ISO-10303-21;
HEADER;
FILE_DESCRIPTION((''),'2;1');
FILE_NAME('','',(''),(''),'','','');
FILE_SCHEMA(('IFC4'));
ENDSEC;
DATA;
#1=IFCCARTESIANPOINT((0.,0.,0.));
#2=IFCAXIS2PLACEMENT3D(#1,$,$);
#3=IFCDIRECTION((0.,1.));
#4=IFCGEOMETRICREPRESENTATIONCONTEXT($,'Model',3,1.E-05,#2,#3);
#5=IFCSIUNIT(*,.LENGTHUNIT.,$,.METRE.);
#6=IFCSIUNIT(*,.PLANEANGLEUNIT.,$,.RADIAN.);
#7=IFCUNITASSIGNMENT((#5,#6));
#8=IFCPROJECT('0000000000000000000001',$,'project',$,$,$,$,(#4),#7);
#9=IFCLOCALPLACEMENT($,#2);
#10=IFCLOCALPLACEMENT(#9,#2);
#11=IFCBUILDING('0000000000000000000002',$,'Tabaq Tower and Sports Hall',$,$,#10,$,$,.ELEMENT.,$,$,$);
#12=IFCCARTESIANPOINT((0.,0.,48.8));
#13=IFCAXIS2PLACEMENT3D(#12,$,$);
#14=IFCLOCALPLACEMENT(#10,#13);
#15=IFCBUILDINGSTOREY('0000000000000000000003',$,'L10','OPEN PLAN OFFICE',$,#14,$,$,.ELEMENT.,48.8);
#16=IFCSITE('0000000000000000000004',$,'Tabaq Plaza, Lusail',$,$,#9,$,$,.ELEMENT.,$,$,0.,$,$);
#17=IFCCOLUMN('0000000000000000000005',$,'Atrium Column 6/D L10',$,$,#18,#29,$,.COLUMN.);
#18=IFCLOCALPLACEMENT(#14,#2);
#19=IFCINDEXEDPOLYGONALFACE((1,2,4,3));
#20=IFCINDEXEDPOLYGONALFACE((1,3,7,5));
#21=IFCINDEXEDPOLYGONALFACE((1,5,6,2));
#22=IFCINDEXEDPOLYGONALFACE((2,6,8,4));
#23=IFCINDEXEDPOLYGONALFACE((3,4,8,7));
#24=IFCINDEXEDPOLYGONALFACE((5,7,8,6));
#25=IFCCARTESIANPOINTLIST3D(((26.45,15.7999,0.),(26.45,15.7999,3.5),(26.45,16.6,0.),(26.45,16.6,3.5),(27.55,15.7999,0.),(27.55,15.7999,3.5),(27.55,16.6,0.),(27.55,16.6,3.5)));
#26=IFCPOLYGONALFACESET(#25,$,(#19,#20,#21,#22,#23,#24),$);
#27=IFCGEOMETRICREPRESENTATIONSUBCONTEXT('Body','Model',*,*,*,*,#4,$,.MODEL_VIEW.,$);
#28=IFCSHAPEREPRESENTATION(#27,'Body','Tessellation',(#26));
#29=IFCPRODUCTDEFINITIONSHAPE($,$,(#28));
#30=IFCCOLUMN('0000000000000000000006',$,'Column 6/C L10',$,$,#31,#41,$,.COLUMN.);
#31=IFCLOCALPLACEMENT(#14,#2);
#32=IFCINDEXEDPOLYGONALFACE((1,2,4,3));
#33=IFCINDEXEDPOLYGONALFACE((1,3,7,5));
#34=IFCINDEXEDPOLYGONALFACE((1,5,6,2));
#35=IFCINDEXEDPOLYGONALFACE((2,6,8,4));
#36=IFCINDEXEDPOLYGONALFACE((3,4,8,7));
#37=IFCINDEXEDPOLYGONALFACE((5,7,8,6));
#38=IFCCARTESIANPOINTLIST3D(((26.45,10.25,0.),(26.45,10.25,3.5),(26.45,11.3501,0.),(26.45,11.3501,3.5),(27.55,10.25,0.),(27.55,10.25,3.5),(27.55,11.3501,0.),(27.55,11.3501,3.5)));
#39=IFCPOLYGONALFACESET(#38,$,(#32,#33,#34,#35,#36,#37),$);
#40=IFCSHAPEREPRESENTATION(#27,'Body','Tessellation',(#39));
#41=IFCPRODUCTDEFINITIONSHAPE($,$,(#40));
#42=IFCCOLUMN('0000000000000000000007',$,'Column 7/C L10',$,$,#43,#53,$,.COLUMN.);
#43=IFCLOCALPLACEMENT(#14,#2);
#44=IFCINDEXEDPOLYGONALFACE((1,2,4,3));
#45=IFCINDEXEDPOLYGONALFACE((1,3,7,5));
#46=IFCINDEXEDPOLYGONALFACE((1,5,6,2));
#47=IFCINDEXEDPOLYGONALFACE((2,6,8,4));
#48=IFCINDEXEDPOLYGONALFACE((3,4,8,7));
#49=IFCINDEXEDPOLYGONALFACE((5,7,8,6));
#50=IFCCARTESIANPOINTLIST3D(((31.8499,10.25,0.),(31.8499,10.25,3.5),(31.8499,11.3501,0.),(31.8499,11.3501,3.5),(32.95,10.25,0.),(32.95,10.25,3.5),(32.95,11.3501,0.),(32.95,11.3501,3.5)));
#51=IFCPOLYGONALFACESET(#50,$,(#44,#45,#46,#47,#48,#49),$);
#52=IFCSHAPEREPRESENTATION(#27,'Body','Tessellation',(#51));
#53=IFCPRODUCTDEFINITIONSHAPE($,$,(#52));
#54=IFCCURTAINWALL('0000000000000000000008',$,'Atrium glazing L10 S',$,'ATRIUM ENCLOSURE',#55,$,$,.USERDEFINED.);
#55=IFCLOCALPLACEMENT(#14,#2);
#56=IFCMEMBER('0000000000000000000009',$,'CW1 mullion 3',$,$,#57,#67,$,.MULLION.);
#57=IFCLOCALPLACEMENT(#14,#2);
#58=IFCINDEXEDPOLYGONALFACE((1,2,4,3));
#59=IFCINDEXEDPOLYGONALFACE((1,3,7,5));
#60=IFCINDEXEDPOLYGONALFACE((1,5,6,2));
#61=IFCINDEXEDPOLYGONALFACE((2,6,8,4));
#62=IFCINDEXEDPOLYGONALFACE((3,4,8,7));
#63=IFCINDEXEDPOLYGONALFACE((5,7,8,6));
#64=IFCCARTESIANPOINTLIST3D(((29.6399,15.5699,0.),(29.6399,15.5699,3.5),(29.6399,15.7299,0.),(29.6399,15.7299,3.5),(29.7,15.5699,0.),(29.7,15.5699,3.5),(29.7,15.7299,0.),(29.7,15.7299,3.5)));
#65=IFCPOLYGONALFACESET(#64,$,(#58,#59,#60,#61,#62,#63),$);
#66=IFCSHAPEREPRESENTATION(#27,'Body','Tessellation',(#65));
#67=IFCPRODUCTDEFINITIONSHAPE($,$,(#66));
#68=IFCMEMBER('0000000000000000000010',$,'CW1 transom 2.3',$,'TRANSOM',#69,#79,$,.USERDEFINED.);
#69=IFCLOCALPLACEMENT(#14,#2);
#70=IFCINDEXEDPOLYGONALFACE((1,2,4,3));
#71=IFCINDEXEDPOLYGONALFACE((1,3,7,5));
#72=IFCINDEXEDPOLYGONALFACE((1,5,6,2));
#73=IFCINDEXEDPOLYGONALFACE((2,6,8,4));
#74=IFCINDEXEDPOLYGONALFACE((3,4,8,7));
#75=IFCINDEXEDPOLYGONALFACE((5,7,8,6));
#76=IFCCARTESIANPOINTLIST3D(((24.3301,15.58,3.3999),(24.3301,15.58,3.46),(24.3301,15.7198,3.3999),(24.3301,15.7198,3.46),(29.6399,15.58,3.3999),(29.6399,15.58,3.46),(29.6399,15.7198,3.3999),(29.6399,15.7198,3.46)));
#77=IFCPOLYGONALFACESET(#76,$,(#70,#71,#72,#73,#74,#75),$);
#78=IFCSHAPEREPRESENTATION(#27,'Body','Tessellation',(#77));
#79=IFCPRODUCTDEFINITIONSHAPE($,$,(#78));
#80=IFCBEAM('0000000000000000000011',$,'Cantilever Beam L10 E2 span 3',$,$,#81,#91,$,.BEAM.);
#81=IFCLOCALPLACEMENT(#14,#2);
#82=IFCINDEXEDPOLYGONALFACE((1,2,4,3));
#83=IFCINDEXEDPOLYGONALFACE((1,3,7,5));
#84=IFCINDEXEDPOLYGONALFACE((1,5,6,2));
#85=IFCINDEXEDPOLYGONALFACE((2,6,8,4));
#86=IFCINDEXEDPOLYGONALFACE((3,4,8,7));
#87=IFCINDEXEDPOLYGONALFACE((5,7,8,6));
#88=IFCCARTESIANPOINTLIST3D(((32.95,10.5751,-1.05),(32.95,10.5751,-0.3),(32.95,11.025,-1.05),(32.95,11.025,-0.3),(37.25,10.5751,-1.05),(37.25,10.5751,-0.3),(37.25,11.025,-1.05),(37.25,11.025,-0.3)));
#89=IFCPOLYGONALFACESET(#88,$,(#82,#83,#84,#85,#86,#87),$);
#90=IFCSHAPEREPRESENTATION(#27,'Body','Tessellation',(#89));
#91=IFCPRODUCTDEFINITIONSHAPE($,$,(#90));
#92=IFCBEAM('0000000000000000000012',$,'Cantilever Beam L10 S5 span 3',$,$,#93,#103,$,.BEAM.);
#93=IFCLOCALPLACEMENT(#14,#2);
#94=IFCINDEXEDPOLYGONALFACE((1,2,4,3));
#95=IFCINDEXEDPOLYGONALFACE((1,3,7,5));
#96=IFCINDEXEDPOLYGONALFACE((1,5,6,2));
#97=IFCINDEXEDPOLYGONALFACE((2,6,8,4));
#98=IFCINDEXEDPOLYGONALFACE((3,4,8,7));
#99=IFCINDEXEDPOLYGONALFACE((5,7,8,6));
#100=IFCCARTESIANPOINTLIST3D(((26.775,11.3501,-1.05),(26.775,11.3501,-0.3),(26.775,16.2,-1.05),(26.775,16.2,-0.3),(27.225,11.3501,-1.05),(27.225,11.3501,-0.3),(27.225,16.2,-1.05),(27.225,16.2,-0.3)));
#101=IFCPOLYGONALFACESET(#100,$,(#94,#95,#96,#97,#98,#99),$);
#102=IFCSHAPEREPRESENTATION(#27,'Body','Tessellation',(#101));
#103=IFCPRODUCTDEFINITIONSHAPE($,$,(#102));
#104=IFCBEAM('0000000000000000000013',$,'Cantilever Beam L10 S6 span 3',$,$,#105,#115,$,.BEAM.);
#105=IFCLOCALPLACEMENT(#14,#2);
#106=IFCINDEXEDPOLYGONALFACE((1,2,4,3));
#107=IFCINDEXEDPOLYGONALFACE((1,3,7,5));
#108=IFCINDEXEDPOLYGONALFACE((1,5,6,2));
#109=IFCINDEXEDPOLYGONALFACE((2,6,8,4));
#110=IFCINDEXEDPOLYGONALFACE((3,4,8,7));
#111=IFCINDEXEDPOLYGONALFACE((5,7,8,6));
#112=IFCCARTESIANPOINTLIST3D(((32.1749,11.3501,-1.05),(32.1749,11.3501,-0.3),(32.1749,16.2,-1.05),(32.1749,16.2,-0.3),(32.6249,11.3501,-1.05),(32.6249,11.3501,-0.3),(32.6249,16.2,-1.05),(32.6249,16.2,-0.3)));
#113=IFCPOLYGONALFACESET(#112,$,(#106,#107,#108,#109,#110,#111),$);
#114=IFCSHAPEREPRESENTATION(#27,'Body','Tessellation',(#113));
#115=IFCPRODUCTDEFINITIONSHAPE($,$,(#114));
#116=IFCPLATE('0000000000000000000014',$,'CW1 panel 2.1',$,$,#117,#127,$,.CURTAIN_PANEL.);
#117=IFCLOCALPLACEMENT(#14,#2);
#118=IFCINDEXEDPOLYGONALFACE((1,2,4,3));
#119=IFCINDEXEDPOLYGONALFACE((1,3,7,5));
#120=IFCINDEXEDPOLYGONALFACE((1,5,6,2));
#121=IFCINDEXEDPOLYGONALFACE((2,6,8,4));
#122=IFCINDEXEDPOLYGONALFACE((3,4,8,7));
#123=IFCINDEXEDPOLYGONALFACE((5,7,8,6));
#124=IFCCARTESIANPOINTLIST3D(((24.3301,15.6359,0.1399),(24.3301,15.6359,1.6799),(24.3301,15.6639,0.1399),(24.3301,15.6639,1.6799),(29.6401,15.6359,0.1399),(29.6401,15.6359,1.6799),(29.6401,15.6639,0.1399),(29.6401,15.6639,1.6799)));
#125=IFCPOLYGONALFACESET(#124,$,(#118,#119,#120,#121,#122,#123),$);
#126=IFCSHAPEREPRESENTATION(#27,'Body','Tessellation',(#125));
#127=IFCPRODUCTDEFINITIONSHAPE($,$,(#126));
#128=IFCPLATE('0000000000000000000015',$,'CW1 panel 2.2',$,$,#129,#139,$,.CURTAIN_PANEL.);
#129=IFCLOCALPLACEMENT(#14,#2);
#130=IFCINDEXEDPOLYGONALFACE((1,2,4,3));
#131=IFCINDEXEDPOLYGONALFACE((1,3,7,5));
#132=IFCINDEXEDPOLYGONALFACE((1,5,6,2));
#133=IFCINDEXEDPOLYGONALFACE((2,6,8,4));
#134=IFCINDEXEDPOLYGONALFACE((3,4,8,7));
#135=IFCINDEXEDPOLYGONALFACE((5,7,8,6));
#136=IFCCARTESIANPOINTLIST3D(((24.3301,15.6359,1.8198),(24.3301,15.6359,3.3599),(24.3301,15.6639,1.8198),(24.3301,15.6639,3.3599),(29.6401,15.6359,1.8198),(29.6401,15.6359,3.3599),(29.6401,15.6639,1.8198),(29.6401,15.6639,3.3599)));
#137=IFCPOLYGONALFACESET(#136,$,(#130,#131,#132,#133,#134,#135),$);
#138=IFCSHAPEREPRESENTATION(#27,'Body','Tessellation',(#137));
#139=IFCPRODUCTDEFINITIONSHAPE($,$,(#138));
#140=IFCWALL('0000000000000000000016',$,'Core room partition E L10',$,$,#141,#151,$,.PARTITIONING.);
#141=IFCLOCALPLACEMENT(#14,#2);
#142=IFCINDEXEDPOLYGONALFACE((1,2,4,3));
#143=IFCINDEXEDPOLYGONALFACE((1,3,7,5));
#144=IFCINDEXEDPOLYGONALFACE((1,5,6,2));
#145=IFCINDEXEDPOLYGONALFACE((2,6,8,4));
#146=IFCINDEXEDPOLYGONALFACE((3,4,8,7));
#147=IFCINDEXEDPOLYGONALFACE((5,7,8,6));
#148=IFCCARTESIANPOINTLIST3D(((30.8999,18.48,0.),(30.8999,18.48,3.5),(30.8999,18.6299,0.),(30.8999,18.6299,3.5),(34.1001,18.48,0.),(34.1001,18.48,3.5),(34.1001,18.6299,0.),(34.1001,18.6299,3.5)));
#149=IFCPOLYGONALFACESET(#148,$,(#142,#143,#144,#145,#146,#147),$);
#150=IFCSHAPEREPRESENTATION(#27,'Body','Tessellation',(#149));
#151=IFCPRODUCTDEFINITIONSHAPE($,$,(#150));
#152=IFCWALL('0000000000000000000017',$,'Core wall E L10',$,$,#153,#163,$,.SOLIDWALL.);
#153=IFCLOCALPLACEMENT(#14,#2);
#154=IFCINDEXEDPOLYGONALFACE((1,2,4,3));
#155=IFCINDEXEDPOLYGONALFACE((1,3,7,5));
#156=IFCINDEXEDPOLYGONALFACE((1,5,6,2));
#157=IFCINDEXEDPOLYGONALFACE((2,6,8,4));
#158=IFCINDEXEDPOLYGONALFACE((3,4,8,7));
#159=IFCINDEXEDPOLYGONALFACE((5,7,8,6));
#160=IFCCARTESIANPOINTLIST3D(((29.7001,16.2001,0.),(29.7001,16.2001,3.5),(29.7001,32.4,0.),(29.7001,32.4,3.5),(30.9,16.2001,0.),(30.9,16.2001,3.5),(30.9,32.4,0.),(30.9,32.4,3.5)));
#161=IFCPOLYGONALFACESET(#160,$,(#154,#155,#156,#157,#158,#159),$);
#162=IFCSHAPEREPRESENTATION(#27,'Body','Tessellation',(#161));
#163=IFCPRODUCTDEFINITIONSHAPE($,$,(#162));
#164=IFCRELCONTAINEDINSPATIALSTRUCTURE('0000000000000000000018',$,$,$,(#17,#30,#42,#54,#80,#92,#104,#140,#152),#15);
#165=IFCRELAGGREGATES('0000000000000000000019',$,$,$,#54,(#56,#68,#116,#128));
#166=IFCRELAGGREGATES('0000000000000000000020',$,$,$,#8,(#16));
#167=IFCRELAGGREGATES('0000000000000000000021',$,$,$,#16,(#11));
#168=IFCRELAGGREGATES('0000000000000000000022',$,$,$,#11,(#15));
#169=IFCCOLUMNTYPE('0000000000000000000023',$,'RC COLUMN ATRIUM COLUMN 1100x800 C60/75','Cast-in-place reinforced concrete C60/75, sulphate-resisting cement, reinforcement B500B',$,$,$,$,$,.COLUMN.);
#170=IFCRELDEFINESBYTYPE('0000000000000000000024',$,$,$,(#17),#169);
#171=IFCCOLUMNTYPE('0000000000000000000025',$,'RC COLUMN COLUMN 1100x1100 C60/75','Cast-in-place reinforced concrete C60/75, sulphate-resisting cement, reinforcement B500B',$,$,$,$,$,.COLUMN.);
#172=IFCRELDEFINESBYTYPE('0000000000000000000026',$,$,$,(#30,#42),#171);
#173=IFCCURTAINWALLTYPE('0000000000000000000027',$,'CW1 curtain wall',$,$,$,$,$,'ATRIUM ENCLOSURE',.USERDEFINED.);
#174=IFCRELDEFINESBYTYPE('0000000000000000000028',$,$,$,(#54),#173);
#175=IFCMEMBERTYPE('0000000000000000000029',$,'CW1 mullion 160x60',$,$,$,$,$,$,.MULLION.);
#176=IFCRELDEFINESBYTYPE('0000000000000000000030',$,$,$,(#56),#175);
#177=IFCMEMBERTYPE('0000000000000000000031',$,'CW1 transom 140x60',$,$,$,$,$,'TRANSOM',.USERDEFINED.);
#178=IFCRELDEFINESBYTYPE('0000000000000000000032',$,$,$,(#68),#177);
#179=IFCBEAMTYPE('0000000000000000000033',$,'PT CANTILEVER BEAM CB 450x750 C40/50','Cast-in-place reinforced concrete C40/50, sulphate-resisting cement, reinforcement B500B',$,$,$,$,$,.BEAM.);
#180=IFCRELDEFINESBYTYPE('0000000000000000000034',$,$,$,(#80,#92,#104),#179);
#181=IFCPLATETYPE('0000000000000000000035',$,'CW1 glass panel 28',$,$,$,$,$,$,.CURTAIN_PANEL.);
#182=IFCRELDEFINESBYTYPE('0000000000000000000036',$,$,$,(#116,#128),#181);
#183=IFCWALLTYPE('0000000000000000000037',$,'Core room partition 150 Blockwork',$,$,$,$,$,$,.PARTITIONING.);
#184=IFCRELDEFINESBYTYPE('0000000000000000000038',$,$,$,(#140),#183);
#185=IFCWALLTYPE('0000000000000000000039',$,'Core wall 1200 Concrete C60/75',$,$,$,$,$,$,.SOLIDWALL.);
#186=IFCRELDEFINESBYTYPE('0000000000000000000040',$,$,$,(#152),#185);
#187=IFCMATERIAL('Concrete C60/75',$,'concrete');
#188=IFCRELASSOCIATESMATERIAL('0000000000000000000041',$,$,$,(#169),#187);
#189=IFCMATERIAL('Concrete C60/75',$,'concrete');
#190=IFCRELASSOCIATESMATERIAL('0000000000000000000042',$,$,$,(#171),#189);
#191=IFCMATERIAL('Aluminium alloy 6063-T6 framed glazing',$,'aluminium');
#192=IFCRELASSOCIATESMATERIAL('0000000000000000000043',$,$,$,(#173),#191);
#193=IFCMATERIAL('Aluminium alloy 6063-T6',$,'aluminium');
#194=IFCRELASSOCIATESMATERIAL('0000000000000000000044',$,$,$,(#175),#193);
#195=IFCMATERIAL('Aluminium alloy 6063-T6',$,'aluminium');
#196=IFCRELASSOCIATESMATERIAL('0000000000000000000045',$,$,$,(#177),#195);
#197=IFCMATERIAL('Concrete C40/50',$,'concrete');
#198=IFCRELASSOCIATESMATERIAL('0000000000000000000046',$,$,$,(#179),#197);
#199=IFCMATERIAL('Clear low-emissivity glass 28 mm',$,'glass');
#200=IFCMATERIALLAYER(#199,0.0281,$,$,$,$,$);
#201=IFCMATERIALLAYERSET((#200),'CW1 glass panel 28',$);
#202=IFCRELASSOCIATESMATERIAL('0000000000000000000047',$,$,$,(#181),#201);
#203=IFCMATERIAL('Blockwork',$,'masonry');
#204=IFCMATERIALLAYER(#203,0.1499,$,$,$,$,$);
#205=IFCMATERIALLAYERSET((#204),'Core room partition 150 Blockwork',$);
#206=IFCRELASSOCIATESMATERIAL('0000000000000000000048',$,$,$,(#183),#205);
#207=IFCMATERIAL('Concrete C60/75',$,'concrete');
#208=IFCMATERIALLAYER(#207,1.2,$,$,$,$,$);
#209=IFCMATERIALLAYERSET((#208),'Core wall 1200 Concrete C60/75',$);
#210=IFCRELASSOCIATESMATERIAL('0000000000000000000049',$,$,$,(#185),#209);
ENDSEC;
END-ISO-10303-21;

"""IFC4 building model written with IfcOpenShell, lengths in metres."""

from ifc_helpers import new_model, si_unit, direction, frame, frame_2d, origin, origin_2d, place, context, subcontext, project, spatial, rectangle, extrude, material, layer, layer_set, material_profile, profile_set, type_object, element, aggregate, save


model = new_model("IFC4")

# Units and contexts
model_context = context("Model", 3, precision=1e-05, world=origin(), true_north=direction((0.0, 1.0)))
body_context = subcontext(model_context, "Body", "Model", "MODEL_VIEW")
ifc_project = project(units=[si_unit("LENGTHUNIT", "METRE"), si_unit("PLANEANGLEUNIT", "RADIAN")], contexts=[model_context])

# Site, building, storey
site_placement = place(None, origin())
site = spatial("IfcSite", under=ifc_project, at=site_placement, Name="Tabaq Plaza, Lusail", CompositionType="ELEMENT", RefElevation=0.0)
building_placement = place(site_placement, origin())
building = spatial("IfcBuilding", under=site, at=building_placement, Name="Tabaq Tower and Sports Hall", CompositionType="ELEMENT")
storey_placement = place(building_placement, frame((0.0, 0.0, 48.8)))
storey = spatial("IfcBuildingStorey", under=building, at=storey_placement, Name="L10", Description="OPEN PLAN OFFICE", CompositionType="ELEMENT", Elevation=48.8)

# Columns
ifc_material_1 = material(Name="Concrete C60/75", Category="concrete")
ifc_material_profile_1 = material_profile(ifc_material_1, rectangle(XDim=1.1001, YDim=0.8, at=origin_2d()), Name="ATRIUM COLUMN 1100x800")
ifc_profile_set_1 = profile_set([ifc_material_profile_1], Name="Concrete C60/75")
column_type_1 = type_object("IfcColumnType", Name="RC COLUMN ATRIUM COLUMN 1100x800 C60/75", Description="Cast-in-place reinforced concrete C60/75, sulphate-resisting cement, reinforcement B500B", PredefinedType="COLUMN", material=ifc_profile_set_1)
column_placement = place(storey_placement, frame((27.0, 16.2, 0.0), z_axis=(0.0, 0.0, 1.0), x_axis=(1.0, 0.0, 0.0)))
element("IfcColumn", 1, at=column_placement, inside=storey, type_object=column_type_1, Name="Atrium Column 6/D L10", PredefinedType="COLUMN", context=body_context, shape_type="SweptSolid", body=[
    extrude(rectangle(XDim=1.1001, YDim=0.8, at=origin_2d()), origin(), (0.0, 0.0, 1.0), 3.5),
])
ifc_material_2 = material(Name="Concrete C60/75", Category="concrete")
ifc_material_profile_2 = material_profile(ifc_material_2, rectangle(XDim=1.1001, YDim=1.1001, at=origin_2d()), Name="COLUMN 1100x1100")
ifc_profile_set_2 = profile_set([ifc_material_profile_2], Name="Concrete C60/75")
column_type_2 = type_object("IfcColumnType", Name="RC COLUMN COLUMN 1100x1100 C60/75", Description="Cast-in-place reinforced concrete C60/75, sulphate-resisting cement, reinforcement B500B", PredefinedType="COLUMN", material=ifc_profile_set_2)
for number, where, z_axis, x_axis, name in (
    (2, (27.0, 10.8, 0.0), (0.0, 0.0, 1.0), (1.0, 0.0, 0.0), "Column 6/C L10"),
    (3, (32.3999, 10.8, 0.0), (0.0, 0.0, 1.0), (1.0, 0.0, 0.0), "Column 7/C L10"),
):
    element("IfcColumn", number, at=place(storey_placement, frame(where, z_axis=z_axis, x_axis=x_axis)), inside=storey, type_object=column_type_2, Name=name, PredefinedType="COLUMN", context=body_context, shape_type="SweptSolid", body=[
        extrude(rectangle(XDim=1.1001, YDim=1.1001, at=origin_2d()), origin(), (0.0, 0.0, 1.0), 3.5),
    ])

# Curtain wall, members
ifc_material_3 = material(Name="Aluminium alloy 6063-T6 framed glazing", Category="aluminium")
curtain_wall_type = type_object("IfcCurtainWallType", Name="CW1 curtain wall", ElementType="ATRIUM ENCLOSURE", PredefinedType="USERDEFINED", material=ifc_material_3)
curtain_wall_placement = place(storey_placement, origin())
curtain_wall = element("IfcCurtainWall", 4, at=curtain_wall_placement, inside=storey, type_object=curtain_wall_type, Name="Atrium glazing L10 S", ObjectType="ATRIUM ENCLOSURE", PredefinedType="USERDEFINED")
ifc_material_4 = material(Name="Aluminium alloy 6063-T6", Category="aluminium")
ifc_material_profile_3 = material_profile(ifc_material_4, rectangle(XDim=0.1599, YDim=0.0601, at=origin_2d()), Name="MULLION 160x60")
ifc_profile_set_3 = profile_set([ifc_material_profile_3], Name="Aluminium alloy 6063-T6")
member_type_1 = type_object("IfcMemberType", Name="CW1 mullion 160x60", PredefinedType="MULLION", material=ifc_profile_set_3)
member_1_placement = place(storey_placement, frame((29.6699, 15.6499, 0.0), z_axis=(0.0, 0.0, 1.0), x_axis=(0.0, 1.0, 0.0)))
member_1 = element("IfcMember", 5, at=member_1_placement, type_object=member_type_1, Name="CW1 mullion 3", PredefinedType="MULLION", context=body_context, shape_type="SweptSolid", body=[
    extrude(rectangle(XDim=0.1599, YDim=0.0601, at=origin_2d()), origin(), (0.0, 0.0, 1.0), 3.5),
])
ifc_material_5 = material(Name="Aluminium alloy 6063-T6", Category="aluminium")
ifc_material_profile_4 = material_profile(ifc_material_5, rectangle(XDim=0.1399, YDim=0.0601, at=origin_2d()), Name="TRANSOM 140x60")
ifc_profile_set_4 = profile_set([ifc_material_profile_4], Name="Aluminium alloy 6063-T6")
member_type_2 = type_object("IfcMemberType", Name="CW1 transom 140x60", ElementType="TRANSOM", PredefinedType="USERDEFINED", material=ifc_profile_set_4)
member_2_placement = place(storey_placement, frame((24.3301, 15.6499, 3.4299), z_axis=(1.0, 0.0, 0.0), x_axis=(0.0, 1.0, 0.0)))
member_2 = element("IfcMember", 6, at=member_2_placement, type_object=member_type_2, Name="CW1 transom 2.3", ObjectType="TRANSOM", PredefinedType="USERDEFINED", context=body_context, shape_type="SweptSolid", body=[
    extrude(rectangle(XDim=0.1399, YDim=0.0601, at=origin_2d()), origin(), (0.0, 0.0, 1.0), 5.3098),
])

# Beams
ifc_material_6 = material(Name="Concrete C40/50", Category="concrete")
ifc_material_profile_5 = material_profile(ifc_material_6, rectangle(XDim=0.45, YDim=0.75, at=origin_2d()), Name="CB 450x750")
ifc_profile_set_5 = profile_set([ifc_material_profile_5], Name="Concrete C40/50")
beam_type = type_object("IfcBeamType", Name="PT CANTILEVER BEAM CB 450x750 C40/50", Description="Cast-in-place reinforced concrete C40/50, sulphate-resisting cement, reinforcement B500B", PredefinedType="BEAM", material=ifc_profile_set_5)
beam_placement = place(storey_placement, frame((37.25, 10.8, -0.675), z_axis=(-1.0, 0.0, 0.0), x_axis=(0.0, -1.0, 0.0)))
element("IfcBeam", 7, at=beam_placement, inside=storey, type_object=beam_type, Name="Cantilever Beam L10 E2 span 3", PredefinedType="BEAM", context=body_context, shape_type="SweptSolid", body=[
    extrude(rectangle(XDim=0.45, YDim=0.75, at=origin_2d()), origin(), (0.0, 0.0, 1.0), 4.3),
])
for number, where, z_axis, x_axis, name in (
    (8, (27.0, 11.3501, -0.675), (0.0, 1.0, 0.0), (-1.0, 0.0, 0.0), "Cantilever Beam L10 S5 span 3"),
    (9, (32.3999, 11.3501, -0.675), (0.0, 1.0, 0.0), (-1.0, 0.0, 0.0), "Cantilever Beam L10 S6 span 3"),
):
    element("IfcBeam", number, at=place(storey_placement, frame(where, z_axis=z_axis, x_axis=x_axis)), inside=storey, type_object=beam_type, Name=name, PredefinedType="BEAM", context=body_context, shape_type="SweptSolid", body=[
        extrude(rectangle(XDim=0.45, YDim=0.75, at=origin_2d()), origin(), (0.0, 0.0, 1.0), 4.8499),
    ])

# Plates
ifc_material_7 = material(Name="Clear low-emissivity glass 28 mm", Category="glass")
ifc_layer_1 = layer(ifc_material_7, 0.0281)
ifc_layer_set_1 = layer_set([ifc_layer_1], Name="CW1 glass panel 28")
plate_type = type_object("IfcPlateType", Name="CW1 glass panel 28", PredefinedType="CURTAIN_PANEL", material=ifc_layer_set_1)
plate_1_placement = place(storey_placement, frame((26.9851, 15.6499, 0.1399), z_axis=(0.0, 0.0, 1.0), x_axis=(1.0, 0.0, 0.0)))
plate_1 = element("IfcPlate", 10, at=plate_1_placement, type_object=plate_type, Name="CW1 panel 2.1", PredefinedType="CURTAIN_PANEL", context=body_context, shape_type="SweptSolid", body=[
    extrude(rectangle(XDim=5.3101, YDim=0.0281, at=origin_2d()), origin(), (0.0, 0.0, 1.0), 1.54),
])
plate_2_placement = place(storey_placement, frame((26.9851, 15.6499, 1.8198), z_axis=(0.0, 0.0, 1.0), x_axis=(1.0, 0.0, 0.0)))
plate_2 = element("IfcPlate", 11, at=plate_2_placement, type_object=plate_type, Name="CW1 panel 2.2", PredefinedType="CURTAIN_PANEL", context=body_context, shape_type="SweptSolid", body=[
    extrude(rectangle(XDim=5.3101, YDim=0.0281, at=origin_2d()), origin(), (0.0, 0.0, 1.0), 1.54),
])
aggregate(curtain_wall, [member_1, member_2, plate_1, plate_2])

# Walls
ifc_material_8 = material(Name="Blockwork", Category="masonry")
ifc_layer_2 = layer(ifc_material_8, 0.1499)
ifc_layer_set_2 = layer_set([ifc_layer_2], Name="Core room partition 150 Blockwork")
wall_type_1 = type_object("IfcWallType", Name="Core room partition 150 Blockwork", PredefinedType="PARTITIONING", material=ifc_layer_set_2)
wall_1_placement = place(storey_placement, frame((30.8999, 18.5549, 0.0), z_axis=(0.0, 0.0, 1.0), x_axis=(1.0, 0.0, 0.0)))
element("IfcWall", 12, at=wall_1_placement, inside=storey, type_object=wall_type_1, Name="Core room partition E L10", PredefinedType="PARTITIONING", context=body_context, shape_type="SweptSolid", body=[
    extrude(rectangle(XDim=3.2002, YDim=0.1499, at=frame_2d((1.6001, 0.0))), origin(), (0.0, 0.0, 1.0), 3.5),
])
ifc_material_9 = material(Name="Concrete C60/75", Category="concrete")
ifc_layer_3 = layer(ifc_material_9, 1.2)
ifc_layer_set_3 = layer_set([ifc_layer_3], Name="Core wall 1200 Concrete C60/75")
wall_type_2 = type_object("IfcWallType", Name="Core wall 1200 Concrete C60/75", PredefinedType="SOLIDWALL", material=ifc_layer_set_3)
wall_2_placement = place(storey_placement, frame((30.3, 16.2, 0.0), z_axis=(0.0, 0.0, 1.0), x_axis=(0.0, 1.0, 0.0)))
element("IfcWall", 13, at=wall_2_placement, inside=storey, type_object=wall_type_2, Name="Core wall E L10", PredefinedType="SOLIDWALL", context=body_context, shape_type="SweptSolid", body=[
    extrude(rectangle(XDim=16.2, YDim=1.2, at=frame_2d((8.1001, 0.0))), origin(), (0.0, 0.0, 1.0), 3.5),
])

save(model, "model.ifc")
